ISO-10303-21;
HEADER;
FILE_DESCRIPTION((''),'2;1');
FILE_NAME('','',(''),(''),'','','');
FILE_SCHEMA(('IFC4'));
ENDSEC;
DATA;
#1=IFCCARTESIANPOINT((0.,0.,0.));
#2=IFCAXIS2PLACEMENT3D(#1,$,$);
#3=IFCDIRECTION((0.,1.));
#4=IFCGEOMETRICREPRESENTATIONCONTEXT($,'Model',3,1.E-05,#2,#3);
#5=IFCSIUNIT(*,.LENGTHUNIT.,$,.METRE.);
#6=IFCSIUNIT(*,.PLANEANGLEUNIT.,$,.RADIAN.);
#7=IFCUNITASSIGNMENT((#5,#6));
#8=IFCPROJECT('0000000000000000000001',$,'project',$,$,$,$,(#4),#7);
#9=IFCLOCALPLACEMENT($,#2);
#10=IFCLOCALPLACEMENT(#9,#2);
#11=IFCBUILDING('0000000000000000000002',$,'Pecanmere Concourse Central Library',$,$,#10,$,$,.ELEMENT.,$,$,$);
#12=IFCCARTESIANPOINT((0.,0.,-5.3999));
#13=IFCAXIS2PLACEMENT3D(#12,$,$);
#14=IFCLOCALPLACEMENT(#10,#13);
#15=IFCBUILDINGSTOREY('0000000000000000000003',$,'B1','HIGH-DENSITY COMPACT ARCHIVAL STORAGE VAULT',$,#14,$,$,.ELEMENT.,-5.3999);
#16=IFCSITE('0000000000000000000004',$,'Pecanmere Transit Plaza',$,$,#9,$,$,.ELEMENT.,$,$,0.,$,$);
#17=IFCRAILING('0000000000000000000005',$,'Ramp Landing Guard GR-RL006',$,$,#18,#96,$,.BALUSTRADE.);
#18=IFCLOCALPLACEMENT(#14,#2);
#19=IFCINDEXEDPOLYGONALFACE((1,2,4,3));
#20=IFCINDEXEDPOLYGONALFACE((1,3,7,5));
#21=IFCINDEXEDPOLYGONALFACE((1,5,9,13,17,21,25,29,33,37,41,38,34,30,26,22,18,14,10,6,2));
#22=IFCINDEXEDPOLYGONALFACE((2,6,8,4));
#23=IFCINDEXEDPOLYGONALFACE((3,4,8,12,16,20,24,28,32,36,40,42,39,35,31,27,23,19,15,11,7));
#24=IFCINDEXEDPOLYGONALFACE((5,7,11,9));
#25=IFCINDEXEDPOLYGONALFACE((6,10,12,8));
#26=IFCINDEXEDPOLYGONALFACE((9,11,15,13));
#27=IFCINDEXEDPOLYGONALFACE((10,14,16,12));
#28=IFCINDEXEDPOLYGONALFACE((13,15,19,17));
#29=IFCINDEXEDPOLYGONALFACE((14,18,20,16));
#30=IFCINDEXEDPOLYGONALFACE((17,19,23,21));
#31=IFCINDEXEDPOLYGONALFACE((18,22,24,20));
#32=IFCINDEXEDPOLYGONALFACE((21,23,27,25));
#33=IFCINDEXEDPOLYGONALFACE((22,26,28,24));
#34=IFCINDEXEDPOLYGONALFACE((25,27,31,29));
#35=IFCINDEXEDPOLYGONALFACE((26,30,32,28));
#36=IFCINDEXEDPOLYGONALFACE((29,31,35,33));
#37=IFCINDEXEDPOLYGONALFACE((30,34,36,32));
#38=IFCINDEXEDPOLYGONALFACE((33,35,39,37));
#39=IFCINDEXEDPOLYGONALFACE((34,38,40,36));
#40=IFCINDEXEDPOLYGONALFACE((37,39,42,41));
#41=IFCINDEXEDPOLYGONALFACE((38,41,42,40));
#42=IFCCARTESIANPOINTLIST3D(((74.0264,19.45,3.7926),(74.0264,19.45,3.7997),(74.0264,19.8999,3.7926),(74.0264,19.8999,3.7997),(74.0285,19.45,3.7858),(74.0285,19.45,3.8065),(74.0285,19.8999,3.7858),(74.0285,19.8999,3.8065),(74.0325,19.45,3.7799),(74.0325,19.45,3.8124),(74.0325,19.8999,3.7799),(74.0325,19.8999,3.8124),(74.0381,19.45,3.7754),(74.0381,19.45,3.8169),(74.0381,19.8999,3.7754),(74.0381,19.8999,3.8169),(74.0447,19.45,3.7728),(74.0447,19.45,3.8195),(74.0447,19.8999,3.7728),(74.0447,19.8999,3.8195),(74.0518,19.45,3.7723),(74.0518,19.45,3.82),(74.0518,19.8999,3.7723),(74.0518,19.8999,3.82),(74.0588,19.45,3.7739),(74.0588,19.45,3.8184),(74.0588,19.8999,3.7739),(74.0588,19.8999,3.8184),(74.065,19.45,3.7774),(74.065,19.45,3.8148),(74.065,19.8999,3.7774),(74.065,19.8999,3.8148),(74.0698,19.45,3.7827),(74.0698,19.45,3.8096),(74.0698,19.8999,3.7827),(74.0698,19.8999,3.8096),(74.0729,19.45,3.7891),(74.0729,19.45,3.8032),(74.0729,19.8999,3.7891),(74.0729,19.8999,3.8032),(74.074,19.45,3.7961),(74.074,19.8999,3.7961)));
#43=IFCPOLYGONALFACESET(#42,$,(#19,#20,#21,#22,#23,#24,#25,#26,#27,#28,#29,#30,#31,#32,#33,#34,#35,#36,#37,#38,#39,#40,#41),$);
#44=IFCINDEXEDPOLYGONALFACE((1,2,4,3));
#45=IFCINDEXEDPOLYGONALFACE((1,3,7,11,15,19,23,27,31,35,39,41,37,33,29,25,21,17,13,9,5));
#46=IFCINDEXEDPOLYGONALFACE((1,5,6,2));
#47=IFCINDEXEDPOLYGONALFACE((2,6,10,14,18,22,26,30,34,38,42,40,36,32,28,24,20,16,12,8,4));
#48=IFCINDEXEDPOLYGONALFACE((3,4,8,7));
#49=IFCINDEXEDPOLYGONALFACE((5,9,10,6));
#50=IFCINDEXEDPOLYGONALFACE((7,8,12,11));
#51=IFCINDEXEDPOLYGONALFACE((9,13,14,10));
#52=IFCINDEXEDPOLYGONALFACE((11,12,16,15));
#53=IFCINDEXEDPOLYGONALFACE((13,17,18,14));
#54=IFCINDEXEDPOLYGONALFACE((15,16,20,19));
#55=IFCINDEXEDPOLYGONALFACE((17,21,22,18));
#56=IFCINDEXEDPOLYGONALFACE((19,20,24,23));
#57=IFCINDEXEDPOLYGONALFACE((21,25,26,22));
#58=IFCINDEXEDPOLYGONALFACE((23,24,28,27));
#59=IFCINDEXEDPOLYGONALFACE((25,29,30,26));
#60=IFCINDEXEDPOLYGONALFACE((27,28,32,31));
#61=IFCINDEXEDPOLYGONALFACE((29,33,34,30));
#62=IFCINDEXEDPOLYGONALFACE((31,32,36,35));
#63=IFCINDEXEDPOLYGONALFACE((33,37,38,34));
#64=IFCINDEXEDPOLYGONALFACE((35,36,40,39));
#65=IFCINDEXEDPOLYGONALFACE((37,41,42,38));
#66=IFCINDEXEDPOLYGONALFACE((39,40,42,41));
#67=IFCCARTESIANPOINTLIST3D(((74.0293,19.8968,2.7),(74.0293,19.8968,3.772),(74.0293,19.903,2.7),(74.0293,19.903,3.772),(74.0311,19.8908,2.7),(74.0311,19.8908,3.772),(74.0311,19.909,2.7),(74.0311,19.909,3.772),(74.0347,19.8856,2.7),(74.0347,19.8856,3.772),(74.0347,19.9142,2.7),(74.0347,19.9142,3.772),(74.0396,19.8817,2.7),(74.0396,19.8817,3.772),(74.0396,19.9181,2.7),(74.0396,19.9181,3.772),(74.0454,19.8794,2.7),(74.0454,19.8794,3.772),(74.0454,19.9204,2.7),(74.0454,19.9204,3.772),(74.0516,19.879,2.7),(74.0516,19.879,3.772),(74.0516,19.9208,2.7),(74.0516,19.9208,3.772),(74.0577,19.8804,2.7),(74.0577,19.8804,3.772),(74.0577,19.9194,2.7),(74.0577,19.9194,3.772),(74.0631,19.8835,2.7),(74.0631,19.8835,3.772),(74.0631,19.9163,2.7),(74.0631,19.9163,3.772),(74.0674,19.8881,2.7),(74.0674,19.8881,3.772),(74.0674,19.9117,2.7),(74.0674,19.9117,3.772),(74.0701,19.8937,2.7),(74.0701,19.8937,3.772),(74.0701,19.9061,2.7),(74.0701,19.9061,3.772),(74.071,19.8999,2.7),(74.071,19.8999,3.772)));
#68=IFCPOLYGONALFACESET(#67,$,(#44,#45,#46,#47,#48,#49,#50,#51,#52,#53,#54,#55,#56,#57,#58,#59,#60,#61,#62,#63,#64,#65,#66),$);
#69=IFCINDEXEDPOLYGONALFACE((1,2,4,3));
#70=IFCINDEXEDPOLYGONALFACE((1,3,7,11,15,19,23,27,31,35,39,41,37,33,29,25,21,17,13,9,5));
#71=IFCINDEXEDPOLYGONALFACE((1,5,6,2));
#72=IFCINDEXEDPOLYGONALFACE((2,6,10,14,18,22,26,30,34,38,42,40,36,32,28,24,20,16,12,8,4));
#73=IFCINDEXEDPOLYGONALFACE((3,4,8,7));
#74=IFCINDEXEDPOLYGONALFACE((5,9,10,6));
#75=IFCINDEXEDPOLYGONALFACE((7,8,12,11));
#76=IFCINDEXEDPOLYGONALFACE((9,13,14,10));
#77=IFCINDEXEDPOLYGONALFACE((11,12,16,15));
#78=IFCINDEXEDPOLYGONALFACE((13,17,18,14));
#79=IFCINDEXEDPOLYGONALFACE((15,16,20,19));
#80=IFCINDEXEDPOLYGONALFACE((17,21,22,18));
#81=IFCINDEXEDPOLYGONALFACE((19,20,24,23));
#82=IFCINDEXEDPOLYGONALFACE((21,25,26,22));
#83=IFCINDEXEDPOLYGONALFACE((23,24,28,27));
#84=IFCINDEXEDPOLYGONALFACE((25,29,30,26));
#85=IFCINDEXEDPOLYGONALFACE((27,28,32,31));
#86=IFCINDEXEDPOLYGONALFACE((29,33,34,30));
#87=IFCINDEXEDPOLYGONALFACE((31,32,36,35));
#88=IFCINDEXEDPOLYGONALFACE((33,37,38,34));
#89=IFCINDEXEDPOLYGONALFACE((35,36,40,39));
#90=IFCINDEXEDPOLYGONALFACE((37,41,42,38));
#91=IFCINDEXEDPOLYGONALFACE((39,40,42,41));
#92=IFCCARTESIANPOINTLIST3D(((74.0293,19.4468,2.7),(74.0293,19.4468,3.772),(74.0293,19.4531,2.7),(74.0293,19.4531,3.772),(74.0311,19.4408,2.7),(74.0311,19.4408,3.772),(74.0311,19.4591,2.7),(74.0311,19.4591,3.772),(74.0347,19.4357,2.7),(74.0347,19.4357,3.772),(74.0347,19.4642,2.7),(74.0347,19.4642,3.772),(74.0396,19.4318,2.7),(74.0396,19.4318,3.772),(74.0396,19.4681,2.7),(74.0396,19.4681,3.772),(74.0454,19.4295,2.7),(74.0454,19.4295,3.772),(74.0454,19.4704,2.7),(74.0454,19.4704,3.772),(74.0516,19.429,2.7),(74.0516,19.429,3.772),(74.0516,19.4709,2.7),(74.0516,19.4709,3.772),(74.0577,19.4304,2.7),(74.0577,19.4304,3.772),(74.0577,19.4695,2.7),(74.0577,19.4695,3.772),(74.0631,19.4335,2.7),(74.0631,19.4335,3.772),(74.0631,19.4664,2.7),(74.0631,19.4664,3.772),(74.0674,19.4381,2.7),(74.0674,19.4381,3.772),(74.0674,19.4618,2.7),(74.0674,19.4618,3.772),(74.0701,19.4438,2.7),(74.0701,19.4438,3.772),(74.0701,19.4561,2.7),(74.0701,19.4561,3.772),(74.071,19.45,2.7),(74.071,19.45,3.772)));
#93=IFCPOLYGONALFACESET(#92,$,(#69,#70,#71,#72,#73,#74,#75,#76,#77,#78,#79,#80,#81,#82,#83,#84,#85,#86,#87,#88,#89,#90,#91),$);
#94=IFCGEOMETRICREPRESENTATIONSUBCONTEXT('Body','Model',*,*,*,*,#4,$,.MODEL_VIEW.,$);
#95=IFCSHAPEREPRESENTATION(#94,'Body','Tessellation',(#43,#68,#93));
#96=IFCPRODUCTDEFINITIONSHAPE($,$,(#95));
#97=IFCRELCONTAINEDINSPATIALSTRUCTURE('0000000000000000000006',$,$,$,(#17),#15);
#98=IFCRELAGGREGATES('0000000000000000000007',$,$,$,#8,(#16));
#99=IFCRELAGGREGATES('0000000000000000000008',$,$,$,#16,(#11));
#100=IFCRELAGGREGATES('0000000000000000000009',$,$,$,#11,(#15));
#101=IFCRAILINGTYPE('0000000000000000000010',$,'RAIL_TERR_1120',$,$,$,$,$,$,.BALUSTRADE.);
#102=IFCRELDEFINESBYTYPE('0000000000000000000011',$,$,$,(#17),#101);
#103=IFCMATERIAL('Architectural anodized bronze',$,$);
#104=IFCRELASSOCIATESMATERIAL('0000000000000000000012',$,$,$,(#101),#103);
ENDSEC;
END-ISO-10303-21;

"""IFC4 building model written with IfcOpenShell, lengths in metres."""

from ifc_helpers import new_model, si_unit, direction, frame, origin, origin_2d, place, context, subcontext, project, spatial, circle, extrude, material, type_object, element, save


model = new_model("IFC4")

# Units and contexts
model_context = context("Model", 3, precision=1e-05, world=origin(), true_north=direction((0.0, 1.0)))
body_context = subcontext(model_context, "Body", "Model", "MODEL_VIEW")
ifc_project = project(units=[si_unit("LENGTHUNIT", "METRE"), si_unit("PLANEANGLEUNIT", "RADIAN")], contexts=[model_context])

# Site, building, storey
site_placement = place(None, origin())
site = spatial("IfcSite", under=ifc_project, at=site_placement, Name="Pecanmere Transit Plaza", CompositionType="ELEMENT", RefElevation=0.0)
building_placement = place(site_placement, origin())
building = spatial("IfcBuilding", under=site, at=building_placement, Name="Pecanmere Concourse Central Library", CompositionType="ELEMENT")
storey_placement = place(building_placement, frame((0.0, 0.0, -5.3999)))
storey = spatial("IfcBuildingStorey", under=building, at=storey_placement, Name="B1", Description="HIGH-DENSITY COMPACT ARCHIVAL STORAGE VAULT", CompositionType="ELEMENT", Elevation=-5.3999)

# Railing
ifc_material_1 = material(Name="Architectural anodized bronze")
railing_type_1 = type_object("IfcRailingType", Name="RAIL_TERR_1120", PredefinedType="BALUSTRADE", material=ifc_material_1)
railing_1_placement = place(storey_placement, frame((74.05, 19.8999, 2.7)))
element("IfcRailing", 1, at=railing_1_placement, inside=storey, type_object=railing_type_1, Name="Ramp Landing Guard GR-RL006", PredefinedType="BALUSTRADE", context=body_context, shape_type="SweptSolid", body=[
    extrude(circle(Radius=0.0239, at=origin_2d()), frame((0.0, 0.0, 1.0962), z_axis=(0.0, -1.0, 0.0), x_axis=(1.0, 0.0, 0.0)), (0.0, 0.0, 1.0), 0.45),
    extrude(circle(Radius=0.021, at=origin_2d()), origin(), (0.0, 0.0, 1.0), 1.072),
    extrude(circle(Radius=0.021, at=origin_2d()), frame((0.0, -0.45, 0.0)), (0.0, 0.0, 1.0), 1.072),
])

save(model, "model.ifc")
